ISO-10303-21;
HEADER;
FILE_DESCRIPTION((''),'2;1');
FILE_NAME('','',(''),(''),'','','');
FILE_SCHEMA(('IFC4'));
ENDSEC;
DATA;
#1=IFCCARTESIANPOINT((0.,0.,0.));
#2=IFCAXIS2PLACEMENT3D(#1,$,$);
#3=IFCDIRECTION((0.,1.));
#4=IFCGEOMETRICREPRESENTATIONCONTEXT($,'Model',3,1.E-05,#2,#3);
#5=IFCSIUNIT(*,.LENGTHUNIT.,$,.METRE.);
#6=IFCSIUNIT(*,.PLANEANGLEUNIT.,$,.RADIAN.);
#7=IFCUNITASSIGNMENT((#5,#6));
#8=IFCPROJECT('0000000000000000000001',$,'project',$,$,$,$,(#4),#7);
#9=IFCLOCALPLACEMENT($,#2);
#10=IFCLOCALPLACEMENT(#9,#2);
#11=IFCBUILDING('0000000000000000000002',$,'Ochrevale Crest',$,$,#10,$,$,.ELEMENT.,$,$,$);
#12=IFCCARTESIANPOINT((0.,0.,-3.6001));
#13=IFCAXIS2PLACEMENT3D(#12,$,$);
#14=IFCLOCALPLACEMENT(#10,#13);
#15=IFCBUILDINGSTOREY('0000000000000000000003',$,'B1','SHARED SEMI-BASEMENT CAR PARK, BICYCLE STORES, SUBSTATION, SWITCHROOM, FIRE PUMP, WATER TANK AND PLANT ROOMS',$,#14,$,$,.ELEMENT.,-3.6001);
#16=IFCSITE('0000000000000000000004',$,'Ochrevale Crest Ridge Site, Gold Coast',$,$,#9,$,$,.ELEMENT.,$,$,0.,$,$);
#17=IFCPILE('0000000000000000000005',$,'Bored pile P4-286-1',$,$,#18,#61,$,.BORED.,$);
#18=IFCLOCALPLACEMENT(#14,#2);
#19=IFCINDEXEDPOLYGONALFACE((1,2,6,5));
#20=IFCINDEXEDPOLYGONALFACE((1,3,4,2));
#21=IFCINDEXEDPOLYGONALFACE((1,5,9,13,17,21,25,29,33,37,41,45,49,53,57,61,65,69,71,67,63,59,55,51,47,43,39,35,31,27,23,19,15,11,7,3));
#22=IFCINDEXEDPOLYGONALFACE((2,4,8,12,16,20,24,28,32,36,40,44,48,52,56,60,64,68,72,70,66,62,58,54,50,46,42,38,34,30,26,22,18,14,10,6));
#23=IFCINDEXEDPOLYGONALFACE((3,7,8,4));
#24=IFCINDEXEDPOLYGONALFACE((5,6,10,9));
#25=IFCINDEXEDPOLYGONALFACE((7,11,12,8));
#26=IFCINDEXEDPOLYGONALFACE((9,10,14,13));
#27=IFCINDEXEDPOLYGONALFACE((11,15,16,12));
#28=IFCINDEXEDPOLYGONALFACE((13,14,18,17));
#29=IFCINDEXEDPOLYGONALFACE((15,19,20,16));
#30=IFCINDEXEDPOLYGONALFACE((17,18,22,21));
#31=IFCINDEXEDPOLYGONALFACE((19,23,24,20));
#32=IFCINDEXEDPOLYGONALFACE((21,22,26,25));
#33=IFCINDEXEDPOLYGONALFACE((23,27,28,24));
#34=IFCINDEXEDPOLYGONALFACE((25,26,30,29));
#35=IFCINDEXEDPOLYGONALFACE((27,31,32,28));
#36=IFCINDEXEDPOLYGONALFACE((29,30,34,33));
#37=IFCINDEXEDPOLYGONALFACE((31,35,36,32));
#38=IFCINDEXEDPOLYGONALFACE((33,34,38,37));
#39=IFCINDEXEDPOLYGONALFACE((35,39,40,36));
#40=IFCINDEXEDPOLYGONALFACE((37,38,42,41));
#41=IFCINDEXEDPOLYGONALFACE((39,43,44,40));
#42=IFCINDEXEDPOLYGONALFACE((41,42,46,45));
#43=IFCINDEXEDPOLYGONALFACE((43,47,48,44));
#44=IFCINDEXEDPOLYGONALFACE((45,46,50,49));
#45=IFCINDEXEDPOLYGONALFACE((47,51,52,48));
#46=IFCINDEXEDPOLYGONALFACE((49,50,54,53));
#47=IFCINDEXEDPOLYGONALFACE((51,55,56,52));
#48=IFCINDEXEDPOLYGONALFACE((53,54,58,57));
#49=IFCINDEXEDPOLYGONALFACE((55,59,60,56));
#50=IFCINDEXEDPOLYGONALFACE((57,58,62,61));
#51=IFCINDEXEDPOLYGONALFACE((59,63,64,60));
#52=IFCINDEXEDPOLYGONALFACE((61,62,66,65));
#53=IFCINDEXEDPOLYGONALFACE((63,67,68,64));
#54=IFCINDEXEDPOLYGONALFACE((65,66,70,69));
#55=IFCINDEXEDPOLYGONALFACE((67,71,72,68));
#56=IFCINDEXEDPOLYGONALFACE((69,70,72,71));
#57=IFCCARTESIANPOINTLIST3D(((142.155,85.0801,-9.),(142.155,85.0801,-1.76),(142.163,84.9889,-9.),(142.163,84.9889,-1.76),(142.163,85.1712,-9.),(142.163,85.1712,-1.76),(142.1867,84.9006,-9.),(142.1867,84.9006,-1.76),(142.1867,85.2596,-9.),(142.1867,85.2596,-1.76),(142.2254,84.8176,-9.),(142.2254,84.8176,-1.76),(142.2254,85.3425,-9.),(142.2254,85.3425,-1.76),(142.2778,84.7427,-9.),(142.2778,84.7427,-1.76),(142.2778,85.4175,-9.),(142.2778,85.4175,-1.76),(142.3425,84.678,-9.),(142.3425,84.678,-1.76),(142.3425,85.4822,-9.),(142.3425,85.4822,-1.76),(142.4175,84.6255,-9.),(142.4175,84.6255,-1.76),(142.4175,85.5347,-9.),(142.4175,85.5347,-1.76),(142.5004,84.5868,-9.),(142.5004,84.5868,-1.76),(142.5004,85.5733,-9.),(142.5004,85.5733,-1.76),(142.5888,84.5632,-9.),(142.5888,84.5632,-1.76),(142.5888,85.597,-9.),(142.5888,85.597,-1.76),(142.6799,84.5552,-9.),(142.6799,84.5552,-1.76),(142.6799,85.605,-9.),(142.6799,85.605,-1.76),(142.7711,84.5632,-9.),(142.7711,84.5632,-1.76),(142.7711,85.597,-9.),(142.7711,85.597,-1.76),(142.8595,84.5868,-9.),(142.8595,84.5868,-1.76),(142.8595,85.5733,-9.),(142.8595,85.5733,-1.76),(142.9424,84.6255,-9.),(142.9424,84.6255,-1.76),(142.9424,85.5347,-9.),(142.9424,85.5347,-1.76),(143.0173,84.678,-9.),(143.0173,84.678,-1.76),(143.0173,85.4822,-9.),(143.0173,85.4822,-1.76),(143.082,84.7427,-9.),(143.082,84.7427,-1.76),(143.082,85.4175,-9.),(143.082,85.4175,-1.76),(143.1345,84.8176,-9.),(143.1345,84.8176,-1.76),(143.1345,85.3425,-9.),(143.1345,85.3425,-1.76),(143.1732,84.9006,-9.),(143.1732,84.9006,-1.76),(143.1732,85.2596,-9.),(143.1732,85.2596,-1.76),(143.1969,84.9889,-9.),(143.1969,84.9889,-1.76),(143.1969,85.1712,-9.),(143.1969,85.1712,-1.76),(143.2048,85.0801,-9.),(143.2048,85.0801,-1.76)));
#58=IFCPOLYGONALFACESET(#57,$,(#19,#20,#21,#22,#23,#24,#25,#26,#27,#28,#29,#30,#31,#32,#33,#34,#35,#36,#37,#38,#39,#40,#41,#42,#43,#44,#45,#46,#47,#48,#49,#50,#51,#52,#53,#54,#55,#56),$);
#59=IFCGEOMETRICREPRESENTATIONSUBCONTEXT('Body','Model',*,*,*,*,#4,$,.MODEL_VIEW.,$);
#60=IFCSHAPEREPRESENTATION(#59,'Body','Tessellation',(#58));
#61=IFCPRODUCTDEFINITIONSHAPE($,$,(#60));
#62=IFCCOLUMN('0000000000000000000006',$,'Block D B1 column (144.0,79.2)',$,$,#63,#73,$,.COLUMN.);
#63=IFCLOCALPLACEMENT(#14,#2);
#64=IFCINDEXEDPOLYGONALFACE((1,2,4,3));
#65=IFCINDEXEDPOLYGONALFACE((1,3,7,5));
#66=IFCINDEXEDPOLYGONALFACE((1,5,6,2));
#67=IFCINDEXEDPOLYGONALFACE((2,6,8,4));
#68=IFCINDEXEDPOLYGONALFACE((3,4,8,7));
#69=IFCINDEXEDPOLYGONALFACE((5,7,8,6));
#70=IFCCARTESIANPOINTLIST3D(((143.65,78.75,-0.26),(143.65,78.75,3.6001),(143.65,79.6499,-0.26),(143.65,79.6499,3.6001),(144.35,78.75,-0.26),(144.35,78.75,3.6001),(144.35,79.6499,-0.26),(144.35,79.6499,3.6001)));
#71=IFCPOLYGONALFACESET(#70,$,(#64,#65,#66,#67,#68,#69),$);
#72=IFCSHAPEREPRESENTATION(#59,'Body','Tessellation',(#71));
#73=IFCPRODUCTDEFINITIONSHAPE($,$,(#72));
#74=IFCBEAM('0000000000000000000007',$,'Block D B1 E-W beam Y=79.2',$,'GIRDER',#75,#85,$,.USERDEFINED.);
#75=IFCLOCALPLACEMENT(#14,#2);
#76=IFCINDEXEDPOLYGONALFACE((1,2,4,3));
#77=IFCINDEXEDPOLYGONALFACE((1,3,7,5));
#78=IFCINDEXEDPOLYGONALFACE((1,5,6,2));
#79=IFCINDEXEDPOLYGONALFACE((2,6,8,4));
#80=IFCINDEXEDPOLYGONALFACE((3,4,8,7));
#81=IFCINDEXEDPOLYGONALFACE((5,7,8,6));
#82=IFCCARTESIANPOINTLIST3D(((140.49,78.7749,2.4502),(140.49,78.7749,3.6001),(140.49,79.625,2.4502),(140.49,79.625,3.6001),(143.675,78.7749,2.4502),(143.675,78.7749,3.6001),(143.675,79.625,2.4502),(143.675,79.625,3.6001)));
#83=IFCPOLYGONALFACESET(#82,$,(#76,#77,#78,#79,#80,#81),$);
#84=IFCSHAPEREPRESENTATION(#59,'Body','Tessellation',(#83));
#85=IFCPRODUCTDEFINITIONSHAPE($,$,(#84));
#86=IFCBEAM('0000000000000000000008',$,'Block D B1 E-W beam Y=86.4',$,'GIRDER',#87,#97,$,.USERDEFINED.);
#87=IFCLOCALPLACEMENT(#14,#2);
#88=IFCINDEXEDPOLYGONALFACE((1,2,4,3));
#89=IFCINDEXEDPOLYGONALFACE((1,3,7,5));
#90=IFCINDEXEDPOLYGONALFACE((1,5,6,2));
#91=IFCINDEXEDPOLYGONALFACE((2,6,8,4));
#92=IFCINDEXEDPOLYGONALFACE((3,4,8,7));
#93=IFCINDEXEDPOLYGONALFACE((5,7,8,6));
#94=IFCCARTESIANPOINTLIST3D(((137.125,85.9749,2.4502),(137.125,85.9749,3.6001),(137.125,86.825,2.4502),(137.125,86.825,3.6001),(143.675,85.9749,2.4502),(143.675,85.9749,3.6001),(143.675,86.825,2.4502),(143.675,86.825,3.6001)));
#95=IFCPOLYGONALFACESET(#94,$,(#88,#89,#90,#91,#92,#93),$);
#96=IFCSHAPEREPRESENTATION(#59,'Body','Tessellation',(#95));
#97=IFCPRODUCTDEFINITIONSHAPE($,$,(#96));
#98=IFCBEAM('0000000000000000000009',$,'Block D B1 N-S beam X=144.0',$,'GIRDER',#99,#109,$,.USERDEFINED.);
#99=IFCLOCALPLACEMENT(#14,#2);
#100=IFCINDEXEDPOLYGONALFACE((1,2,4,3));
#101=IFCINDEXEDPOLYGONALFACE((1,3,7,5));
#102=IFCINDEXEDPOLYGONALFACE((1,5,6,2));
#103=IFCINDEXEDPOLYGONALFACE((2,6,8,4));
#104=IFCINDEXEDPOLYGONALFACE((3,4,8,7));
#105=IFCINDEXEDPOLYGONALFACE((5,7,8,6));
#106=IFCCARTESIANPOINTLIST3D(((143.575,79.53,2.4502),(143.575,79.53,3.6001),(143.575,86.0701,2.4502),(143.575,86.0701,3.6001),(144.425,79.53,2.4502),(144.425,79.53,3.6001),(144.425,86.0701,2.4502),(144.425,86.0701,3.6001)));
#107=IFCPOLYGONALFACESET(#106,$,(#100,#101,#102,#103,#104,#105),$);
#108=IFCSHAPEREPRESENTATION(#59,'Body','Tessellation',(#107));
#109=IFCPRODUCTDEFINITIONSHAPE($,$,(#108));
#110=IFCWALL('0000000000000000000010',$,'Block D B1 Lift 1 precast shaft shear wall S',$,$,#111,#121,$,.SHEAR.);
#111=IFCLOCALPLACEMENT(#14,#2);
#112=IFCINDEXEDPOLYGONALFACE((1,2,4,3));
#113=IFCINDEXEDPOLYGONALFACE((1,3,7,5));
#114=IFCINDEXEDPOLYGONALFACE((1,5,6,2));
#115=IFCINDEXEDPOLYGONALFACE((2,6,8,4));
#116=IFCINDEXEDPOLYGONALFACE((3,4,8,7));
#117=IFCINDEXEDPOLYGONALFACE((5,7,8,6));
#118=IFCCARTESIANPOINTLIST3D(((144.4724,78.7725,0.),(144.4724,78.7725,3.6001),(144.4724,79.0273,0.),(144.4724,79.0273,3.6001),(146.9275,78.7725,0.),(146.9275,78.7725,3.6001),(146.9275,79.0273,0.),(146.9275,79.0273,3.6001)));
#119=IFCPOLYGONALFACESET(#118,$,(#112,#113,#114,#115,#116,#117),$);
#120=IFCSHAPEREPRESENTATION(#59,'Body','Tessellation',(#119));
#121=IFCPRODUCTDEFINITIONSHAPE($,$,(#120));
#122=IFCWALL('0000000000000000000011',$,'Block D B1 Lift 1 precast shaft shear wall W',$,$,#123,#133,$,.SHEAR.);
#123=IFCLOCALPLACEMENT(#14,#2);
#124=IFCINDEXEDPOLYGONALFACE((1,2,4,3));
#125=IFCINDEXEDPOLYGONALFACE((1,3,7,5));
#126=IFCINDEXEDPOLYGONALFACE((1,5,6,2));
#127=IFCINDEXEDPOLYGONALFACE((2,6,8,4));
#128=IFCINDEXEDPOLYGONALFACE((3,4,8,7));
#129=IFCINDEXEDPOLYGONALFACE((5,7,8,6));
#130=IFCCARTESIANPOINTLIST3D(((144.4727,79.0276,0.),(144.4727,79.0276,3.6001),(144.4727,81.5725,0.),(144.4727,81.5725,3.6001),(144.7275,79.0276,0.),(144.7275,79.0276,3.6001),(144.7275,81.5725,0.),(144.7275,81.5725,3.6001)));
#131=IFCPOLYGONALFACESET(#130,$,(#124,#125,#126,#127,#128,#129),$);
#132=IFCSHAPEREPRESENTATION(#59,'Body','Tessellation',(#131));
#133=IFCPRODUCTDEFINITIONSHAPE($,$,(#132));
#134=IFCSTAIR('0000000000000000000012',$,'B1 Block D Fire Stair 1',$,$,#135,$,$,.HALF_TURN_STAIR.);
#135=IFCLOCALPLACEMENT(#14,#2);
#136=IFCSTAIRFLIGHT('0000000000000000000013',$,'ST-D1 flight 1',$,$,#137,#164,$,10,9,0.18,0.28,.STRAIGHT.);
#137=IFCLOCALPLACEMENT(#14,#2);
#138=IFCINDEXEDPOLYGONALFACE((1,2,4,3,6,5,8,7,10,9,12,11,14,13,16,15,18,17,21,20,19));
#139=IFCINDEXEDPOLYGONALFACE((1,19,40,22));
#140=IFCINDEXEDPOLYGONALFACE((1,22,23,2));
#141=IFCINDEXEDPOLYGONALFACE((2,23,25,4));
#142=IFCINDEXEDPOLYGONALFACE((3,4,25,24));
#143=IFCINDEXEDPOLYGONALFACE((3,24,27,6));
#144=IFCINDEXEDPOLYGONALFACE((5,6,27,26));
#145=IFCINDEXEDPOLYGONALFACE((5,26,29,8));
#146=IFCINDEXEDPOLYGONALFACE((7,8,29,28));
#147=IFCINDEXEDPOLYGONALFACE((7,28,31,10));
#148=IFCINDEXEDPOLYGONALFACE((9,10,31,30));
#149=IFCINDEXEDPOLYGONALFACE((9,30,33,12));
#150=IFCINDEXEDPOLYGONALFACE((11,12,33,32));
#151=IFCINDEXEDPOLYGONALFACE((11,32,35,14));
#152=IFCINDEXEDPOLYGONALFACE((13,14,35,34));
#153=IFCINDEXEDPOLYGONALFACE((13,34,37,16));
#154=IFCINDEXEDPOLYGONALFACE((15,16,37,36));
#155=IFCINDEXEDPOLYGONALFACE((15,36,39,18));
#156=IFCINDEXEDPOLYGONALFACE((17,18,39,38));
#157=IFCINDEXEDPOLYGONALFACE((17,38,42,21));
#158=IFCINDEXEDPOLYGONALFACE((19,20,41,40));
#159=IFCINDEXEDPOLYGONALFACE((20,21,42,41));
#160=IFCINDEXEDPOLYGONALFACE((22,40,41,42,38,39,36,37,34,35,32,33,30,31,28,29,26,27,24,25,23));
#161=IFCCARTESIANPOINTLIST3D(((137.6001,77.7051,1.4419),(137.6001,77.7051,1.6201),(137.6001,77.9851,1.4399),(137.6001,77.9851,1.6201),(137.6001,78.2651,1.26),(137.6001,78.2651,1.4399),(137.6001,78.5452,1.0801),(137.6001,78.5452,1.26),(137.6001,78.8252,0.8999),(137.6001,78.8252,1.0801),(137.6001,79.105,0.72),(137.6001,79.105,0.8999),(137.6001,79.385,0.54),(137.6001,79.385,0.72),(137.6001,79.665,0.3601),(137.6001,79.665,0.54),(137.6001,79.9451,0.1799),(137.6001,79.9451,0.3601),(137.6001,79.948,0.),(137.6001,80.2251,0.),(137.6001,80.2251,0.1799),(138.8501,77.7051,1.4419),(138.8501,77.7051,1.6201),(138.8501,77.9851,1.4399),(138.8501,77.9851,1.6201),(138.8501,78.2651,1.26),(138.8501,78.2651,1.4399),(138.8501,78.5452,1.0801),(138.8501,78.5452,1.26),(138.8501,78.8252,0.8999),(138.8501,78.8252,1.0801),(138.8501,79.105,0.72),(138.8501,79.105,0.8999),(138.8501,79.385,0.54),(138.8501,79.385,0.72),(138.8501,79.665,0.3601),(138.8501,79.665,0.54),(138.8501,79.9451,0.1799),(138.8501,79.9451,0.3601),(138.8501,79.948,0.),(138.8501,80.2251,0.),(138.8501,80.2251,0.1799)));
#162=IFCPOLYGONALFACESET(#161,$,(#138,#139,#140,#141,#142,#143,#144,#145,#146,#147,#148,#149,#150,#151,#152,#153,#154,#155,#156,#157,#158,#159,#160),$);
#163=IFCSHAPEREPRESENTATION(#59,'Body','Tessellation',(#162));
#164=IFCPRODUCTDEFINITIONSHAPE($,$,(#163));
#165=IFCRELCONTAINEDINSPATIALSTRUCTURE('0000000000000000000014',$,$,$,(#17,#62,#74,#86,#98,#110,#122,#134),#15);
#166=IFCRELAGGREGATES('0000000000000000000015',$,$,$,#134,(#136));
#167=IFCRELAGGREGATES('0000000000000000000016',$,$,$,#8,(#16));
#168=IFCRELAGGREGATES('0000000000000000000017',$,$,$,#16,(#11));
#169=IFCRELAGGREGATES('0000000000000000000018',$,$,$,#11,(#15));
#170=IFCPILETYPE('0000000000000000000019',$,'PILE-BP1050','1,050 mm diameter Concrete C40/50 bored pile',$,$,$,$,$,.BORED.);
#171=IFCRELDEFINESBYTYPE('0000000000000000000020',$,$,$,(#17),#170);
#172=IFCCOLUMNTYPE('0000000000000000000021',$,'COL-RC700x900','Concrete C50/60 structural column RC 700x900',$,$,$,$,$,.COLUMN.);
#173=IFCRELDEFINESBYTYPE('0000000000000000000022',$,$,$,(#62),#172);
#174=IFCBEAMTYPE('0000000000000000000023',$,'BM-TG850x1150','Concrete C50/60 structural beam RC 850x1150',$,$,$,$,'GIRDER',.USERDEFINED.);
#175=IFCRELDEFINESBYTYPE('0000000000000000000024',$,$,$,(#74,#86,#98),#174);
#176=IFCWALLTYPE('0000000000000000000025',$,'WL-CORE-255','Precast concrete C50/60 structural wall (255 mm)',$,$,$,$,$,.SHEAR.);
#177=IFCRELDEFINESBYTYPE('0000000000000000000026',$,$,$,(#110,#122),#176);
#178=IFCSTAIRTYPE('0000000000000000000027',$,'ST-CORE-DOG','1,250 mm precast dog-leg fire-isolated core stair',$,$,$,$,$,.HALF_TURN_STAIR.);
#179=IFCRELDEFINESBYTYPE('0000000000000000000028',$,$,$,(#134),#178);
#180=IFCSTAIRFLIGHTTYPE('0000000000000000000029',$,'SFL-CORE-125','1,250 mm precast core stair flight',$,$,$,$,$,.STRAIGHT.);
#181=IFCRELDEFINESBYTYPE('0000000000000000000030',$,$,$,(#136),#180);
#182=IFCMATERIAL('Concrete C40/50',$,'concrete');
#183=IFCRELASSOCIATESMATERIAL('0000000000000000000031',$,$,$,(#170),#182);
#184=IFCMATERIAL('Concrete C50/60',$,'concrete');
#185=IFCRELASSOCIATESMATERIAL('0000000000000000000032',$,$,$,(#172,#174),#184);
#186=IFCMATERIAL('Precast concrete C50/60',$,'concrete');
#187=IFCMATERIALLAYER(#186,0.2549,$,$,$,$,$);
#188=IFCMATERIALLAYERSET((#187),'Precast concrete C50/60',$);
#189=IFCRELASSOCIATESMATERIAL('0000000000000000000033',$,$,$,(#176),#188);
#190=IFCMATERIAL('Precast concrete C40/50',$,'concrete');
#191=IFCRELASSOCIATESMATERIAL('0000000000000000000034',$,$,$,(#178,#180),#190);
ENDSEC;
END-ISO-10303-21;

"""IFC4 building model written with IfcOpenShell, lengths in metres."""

from ifc_helpers import new_model, si_unit, direction, frame, frame_2d, origin, origin_2d, place, context, subcontext, project, spatial, polyline, rectangle, circle, outline, extrude, material, layer, layer_set, material_profile, profile_set, type_object, element, aggregate, save


model = new_model("IFC4")

# Units and contexts
model_context = context("Model", 3, precision=1e-05, world=origin(), true_north=direction((0.0, 1.0)))
body_context = subcontext(model_context, "Body", "Model", "MODEL_VIEW")
ifc_project = project(units=[si_unit("LENGTHUNIT", "METRE"), si_unit("PLANEANGLEUNIT", "RADIAN")], contexts=[model_context])

# Site, building, storey
site_placement = place(None, origin())
site = spatial("IfcSite", under=ifc_project, at=site_placement, Name="Ochrevale Crest Ridge Site, Gold Coast", CompositionType="ELEMENT", RefElevation=0.0)
building_placement = place(site_placement, origin())
building = spatial("IfcBuilding", under=site, at=building_placement, Name="Ochrevale Crest", CompositionType="ELEMENT")
storey_placement = place(building_placement, frame((0.0, 0.0, -3.6001)))
storey = spatial("IfcBuildingStorey", under=building, at=storey_placement, Name="B1", Description="SHARED SEMI-BASEMENT CAR PARK, BICYCLE STORES, SUBSTATION, SWITCHROOM, FIRE PUMP, WATER TANK AND PLANT ROOMS", CompositionType="ELEMENT", Elevation=-3.6001)

# Shared definitions
ifc_material_1 = material(Name="Concrete C40/50", Category="concrete")

# Pile
ifc_material_profile_1 = material_profile(ifc_material_1, circle(Radius=0.5249, at=origin_2d()), Name="BORED PILE 1050")
ifc_profile_set_1 = profile_set([ifc_material_profile_1], Name="Concrete C40/50")
pile_type = type_object("IfcPileType", Name="PILE-BP1050", Description="1,050 mm diameter Concrete C40/50 bored pile", PredefinedType="BORED", material=ifc_profile_set_1)
for number, where, z_axis, x_axis, name in (
    (1, (142.6799, 85.0801, -1.76), (0.0, 0.0, -1.0), (1.0, 0.0, 0.0), "Bored pile P4-286-1"),
):
    element("IfcPile", number, at=place(storey_placement, frame(where, z_axis=z_axis, x_axis=x_axis)), inside=storey, type_object=pile_type, Name=name, PredefinedType="BORED", context=body_context, shape_type="SweptSolid", body=[
        extrude(circle(Radius=0.5249, at=origin_2d()), origin(), (0.0, 0.0, 1.0), 7.24),
    ])

# Column
ifc_material_2 = material(Name="Concrete C50/60", Category="concrete")
ifc_material_profile_2 = material_profile(ifc_material_2, rectangle(XDim=0.7, YDim=0.8999, at=origin_2d()), Name="RC 700x900")
ifc_profile_set_2 = profile_set([ifc_material_profile_2], Name="Concrete C50/60")
column_type = type_object("IfcColumnType", Name="COL-RC700x900", Description="Concrete C50/60 structural column RC 700x900", PredefinedType="COLUMN", material=ifc_profile_set_2)
column_placement = place(storey_placement, frame((144.0, 79.2, -0.26), z_axis=(0.0, 0.0, 1.0), x_axis=(1.0, 0.0, 0.0)))
element("IfcColumn", 2, at=column_placement, inside=storey, type_object=column_type, Name="Block D B1 column (144.0,79.2)", PredefinedType="COLUMN", context=body_context, shape_type="SweptSolid", body=[
    extrude(rectangle(XDim=0.7, YDim=0.8999, at=origin_2d()), origin(), (0.0, 0.0, 1.0), 3.8601),
])

# Beams
ifc_material_profile_3 = material_profile(ifc_material_2, rectangle(XDim=0.8501, YDim=1.1499, at=origin_2d()), Name="RC 850x1150")
ifc_profile_set_3 = profile_set([ifc_material_profile_3], Name="Concrete C50/60")
beam_type = type_object("IfcBeamType", Name="BM-TG850x1150", Description="Concrete C50/60 structural beam RC 850x1150", ElementType="GIRDER", PredefinedType="USERDEFINED", material=ifc_profile_set_3)
beam_1_placement = place(storey_placement, frame((140.49, 79.2, 3.0251), z_axis=(1.0, 0.0, 0.0), x_axis=(0.0, 1.0, 0.0)))
element("IfcBeam", 3, at=beam_1_placement, inside=storey, type_object=beam_type, Name="Block D B1 E-W beam Y=79.2", ObjectType="GIRDER", PredefinedType="USERDEFINED", context=body_context, shape_type="SweptSolid", body=[
    extrude(rectangle(XDim=0.8501, YDim=1.1499, at=origin_2d()), origin(), (0.0, 0.0, 1.0), 3.1851),
])
beam_2_placement = place(storey_placement, frame((137.125, 86.3999, 3.0251), z_axis=(1.0, 0.0, 0.0), x_axis=(0.0, 1.0, 0.0)))
element("IfcBeam", 4, at=beam_2_placement, inside=storey, type_object=beam_type, Name="Block D B1 E-W beam Y=86.4", ObjectType="GIRDER", PredefinedType="USERDEFINED", context=body_context, shape_type="SweptSolid", body=[
    extrude(rectangle(XDim=0.8501, YDim=1.1499, at=origin_2d()), origin(), (0.0, 0.0, 1.0), 6.55),
])
beam_3_placement = place(storey_placement, frame((144.0, 79.53, 3.0251), z_axis=(0.0, 1.0, 0.0), x_axis=(-1.0, 0.0, 0.0)))
element("IfcBeam", 5, at=beam_3_placement, inside=storey, type_object=beam_type, Name="Block D B1 N-S beam X=144.0", ObjectType="GIRDER", PredefinedType="USERDEFINED", context=body_context, shape_type="SweptSolid", body=[
    extrude(rectangle(XDim=0.8501, YDim=1.1499, at=origin_2d()), origin(), (0.0, 0.0, 1.0), 6.54),
])

# Shared definitions
ifc_material_3 = material(Name="Precast concrete C50/60", Category="concrete")
ifc_layer = layer(ifc_material_3, 0.2549)
ifc_layer_set = layer_set([ifc_layer], Name="Precast concrete C50/60")
wall_type = type_object("IfcWallType", Name="WL-CORE-255", Description="Precast concrete C50/60 structural wall (255 mm)", PredefinedType="SHEAR", material=ifc_layer_set)

# Wall
wall_1_placement = place(storey_placement, frame((144.4724, 78.8999, 0.0), z_axis=(0.0, 0.0, 1.0), x_axis=(1.0, 0.0, 0.0)))
element("IfcWall", 6, at=wall_1_placement, inside=storey, type_object=wall_type, Name="Block D B1 Lift 1 precast shaft shear wall S", PredefinedType="SHEAR", context=body_context, shape_type="SweptSolid", body=[
    extrude(rectangle(XDim=2.4551, YDim=0.2549, at=frame_2d((1.2275, 0.0))), origin(), (0.0, 0.0, 1.0), 3.6001),
])

# Wall
wall_2_placement = place(storey_placement, frame((144.6001, 79.0276, 0.0), z_axis=(0.0, 0.0, 1.0), x_axis=(0.0, 1.0, 0.0)))
element("IfcWall", 7, at=wall_2_placement, inside=storey, type_object=wall_type, Name="Block D B1 Lift 1 precast shaft shear wall W", PredefinedType="SHEAR", context=body_context, shape_type="SweptSolid", body=[
    extrude(rectangle(XDim=2.5449, YDim=0.2549, at=frame_2d((1.2725, 0.0))), origin(), (0.0, 0.0, 1.0), 3.6001),
])

# Stair, stair flight
ifc_material_4 = material(Name="Precast concrete C40/50", Category="concrete")
stair_type = type_object("IfcStairType", Name="ST-CORE-DOG", Description="1,250 mm precast dog-leg fire-isolated core stair", PredefinedType="HALF_TURN_STAIR", material=ifc_material_4)
stair_placement = place(storey_placement, origin())
stair = element("IfcStair", 8, at=stair_placement, inside=storey, type_object=stair_type, Name="B1 Block D Fire Stair 1", PredefinedType="HALF_TURN_STAIR")
stair_flight_type = type_object("IfcStairFlightType", Name="SFL-CORE-125", Description="1,250 mm precast core stair flight", PredefinedType="STRAIGHT", material=ifc_material_4)
stair_flight_placement = place(storey_placement, frame((138.2251, 80.2251, 0.0), z_axis=(0.0, 0.0, 1.0), x_axis=(0.0, -1.0, 0.0)))
stair_flight = element("IfcStairFlight", 9, at=stair_flight_placement, type_object=stair_flight_type, Name="ST-D1 flight 1", NumberOfRisers=10, NumberOfTreads=9, PredefinedType="STRAIGHT", RiserHeight=0.18, TreadLength=0.28, context=body_context, shape_type="SweptSolid", body=[
    extrude(outline(polyline([(0.0, 0.0), (0.0, 0.1799), (0.28, 0.1799), (0.28, 0.3601), (0.5601, 0.3601), (0.5601, 0.54), (0.8401, 0.54), (0.8401, 0.72), (1.1201, 0.72), (1.1201, 0.8999), (1.3999, 0.8999), (1.3999, 1.0801), (1.6799, 1.0801), (1.6799, 1.26), (1.96, 1.26), (1.96, 1.4399), (2.24, 1.4399), (2.24, 1.6201), (2.52, 1.6201), (2.52, 1.8), (2.52, 1.4419), (0.2771, 0.0), (0.0, 0.0)])), frame((0.0, 0.625, 0.0), z_axis=(0.0, -1.0, 0.0), x_axis=(1.0, 0.0, 0.0)), (0.0, 0.0, 1.0), 1.25),
])
aggregate(stair, [stair_flight])

save(model, "model.ifc")
